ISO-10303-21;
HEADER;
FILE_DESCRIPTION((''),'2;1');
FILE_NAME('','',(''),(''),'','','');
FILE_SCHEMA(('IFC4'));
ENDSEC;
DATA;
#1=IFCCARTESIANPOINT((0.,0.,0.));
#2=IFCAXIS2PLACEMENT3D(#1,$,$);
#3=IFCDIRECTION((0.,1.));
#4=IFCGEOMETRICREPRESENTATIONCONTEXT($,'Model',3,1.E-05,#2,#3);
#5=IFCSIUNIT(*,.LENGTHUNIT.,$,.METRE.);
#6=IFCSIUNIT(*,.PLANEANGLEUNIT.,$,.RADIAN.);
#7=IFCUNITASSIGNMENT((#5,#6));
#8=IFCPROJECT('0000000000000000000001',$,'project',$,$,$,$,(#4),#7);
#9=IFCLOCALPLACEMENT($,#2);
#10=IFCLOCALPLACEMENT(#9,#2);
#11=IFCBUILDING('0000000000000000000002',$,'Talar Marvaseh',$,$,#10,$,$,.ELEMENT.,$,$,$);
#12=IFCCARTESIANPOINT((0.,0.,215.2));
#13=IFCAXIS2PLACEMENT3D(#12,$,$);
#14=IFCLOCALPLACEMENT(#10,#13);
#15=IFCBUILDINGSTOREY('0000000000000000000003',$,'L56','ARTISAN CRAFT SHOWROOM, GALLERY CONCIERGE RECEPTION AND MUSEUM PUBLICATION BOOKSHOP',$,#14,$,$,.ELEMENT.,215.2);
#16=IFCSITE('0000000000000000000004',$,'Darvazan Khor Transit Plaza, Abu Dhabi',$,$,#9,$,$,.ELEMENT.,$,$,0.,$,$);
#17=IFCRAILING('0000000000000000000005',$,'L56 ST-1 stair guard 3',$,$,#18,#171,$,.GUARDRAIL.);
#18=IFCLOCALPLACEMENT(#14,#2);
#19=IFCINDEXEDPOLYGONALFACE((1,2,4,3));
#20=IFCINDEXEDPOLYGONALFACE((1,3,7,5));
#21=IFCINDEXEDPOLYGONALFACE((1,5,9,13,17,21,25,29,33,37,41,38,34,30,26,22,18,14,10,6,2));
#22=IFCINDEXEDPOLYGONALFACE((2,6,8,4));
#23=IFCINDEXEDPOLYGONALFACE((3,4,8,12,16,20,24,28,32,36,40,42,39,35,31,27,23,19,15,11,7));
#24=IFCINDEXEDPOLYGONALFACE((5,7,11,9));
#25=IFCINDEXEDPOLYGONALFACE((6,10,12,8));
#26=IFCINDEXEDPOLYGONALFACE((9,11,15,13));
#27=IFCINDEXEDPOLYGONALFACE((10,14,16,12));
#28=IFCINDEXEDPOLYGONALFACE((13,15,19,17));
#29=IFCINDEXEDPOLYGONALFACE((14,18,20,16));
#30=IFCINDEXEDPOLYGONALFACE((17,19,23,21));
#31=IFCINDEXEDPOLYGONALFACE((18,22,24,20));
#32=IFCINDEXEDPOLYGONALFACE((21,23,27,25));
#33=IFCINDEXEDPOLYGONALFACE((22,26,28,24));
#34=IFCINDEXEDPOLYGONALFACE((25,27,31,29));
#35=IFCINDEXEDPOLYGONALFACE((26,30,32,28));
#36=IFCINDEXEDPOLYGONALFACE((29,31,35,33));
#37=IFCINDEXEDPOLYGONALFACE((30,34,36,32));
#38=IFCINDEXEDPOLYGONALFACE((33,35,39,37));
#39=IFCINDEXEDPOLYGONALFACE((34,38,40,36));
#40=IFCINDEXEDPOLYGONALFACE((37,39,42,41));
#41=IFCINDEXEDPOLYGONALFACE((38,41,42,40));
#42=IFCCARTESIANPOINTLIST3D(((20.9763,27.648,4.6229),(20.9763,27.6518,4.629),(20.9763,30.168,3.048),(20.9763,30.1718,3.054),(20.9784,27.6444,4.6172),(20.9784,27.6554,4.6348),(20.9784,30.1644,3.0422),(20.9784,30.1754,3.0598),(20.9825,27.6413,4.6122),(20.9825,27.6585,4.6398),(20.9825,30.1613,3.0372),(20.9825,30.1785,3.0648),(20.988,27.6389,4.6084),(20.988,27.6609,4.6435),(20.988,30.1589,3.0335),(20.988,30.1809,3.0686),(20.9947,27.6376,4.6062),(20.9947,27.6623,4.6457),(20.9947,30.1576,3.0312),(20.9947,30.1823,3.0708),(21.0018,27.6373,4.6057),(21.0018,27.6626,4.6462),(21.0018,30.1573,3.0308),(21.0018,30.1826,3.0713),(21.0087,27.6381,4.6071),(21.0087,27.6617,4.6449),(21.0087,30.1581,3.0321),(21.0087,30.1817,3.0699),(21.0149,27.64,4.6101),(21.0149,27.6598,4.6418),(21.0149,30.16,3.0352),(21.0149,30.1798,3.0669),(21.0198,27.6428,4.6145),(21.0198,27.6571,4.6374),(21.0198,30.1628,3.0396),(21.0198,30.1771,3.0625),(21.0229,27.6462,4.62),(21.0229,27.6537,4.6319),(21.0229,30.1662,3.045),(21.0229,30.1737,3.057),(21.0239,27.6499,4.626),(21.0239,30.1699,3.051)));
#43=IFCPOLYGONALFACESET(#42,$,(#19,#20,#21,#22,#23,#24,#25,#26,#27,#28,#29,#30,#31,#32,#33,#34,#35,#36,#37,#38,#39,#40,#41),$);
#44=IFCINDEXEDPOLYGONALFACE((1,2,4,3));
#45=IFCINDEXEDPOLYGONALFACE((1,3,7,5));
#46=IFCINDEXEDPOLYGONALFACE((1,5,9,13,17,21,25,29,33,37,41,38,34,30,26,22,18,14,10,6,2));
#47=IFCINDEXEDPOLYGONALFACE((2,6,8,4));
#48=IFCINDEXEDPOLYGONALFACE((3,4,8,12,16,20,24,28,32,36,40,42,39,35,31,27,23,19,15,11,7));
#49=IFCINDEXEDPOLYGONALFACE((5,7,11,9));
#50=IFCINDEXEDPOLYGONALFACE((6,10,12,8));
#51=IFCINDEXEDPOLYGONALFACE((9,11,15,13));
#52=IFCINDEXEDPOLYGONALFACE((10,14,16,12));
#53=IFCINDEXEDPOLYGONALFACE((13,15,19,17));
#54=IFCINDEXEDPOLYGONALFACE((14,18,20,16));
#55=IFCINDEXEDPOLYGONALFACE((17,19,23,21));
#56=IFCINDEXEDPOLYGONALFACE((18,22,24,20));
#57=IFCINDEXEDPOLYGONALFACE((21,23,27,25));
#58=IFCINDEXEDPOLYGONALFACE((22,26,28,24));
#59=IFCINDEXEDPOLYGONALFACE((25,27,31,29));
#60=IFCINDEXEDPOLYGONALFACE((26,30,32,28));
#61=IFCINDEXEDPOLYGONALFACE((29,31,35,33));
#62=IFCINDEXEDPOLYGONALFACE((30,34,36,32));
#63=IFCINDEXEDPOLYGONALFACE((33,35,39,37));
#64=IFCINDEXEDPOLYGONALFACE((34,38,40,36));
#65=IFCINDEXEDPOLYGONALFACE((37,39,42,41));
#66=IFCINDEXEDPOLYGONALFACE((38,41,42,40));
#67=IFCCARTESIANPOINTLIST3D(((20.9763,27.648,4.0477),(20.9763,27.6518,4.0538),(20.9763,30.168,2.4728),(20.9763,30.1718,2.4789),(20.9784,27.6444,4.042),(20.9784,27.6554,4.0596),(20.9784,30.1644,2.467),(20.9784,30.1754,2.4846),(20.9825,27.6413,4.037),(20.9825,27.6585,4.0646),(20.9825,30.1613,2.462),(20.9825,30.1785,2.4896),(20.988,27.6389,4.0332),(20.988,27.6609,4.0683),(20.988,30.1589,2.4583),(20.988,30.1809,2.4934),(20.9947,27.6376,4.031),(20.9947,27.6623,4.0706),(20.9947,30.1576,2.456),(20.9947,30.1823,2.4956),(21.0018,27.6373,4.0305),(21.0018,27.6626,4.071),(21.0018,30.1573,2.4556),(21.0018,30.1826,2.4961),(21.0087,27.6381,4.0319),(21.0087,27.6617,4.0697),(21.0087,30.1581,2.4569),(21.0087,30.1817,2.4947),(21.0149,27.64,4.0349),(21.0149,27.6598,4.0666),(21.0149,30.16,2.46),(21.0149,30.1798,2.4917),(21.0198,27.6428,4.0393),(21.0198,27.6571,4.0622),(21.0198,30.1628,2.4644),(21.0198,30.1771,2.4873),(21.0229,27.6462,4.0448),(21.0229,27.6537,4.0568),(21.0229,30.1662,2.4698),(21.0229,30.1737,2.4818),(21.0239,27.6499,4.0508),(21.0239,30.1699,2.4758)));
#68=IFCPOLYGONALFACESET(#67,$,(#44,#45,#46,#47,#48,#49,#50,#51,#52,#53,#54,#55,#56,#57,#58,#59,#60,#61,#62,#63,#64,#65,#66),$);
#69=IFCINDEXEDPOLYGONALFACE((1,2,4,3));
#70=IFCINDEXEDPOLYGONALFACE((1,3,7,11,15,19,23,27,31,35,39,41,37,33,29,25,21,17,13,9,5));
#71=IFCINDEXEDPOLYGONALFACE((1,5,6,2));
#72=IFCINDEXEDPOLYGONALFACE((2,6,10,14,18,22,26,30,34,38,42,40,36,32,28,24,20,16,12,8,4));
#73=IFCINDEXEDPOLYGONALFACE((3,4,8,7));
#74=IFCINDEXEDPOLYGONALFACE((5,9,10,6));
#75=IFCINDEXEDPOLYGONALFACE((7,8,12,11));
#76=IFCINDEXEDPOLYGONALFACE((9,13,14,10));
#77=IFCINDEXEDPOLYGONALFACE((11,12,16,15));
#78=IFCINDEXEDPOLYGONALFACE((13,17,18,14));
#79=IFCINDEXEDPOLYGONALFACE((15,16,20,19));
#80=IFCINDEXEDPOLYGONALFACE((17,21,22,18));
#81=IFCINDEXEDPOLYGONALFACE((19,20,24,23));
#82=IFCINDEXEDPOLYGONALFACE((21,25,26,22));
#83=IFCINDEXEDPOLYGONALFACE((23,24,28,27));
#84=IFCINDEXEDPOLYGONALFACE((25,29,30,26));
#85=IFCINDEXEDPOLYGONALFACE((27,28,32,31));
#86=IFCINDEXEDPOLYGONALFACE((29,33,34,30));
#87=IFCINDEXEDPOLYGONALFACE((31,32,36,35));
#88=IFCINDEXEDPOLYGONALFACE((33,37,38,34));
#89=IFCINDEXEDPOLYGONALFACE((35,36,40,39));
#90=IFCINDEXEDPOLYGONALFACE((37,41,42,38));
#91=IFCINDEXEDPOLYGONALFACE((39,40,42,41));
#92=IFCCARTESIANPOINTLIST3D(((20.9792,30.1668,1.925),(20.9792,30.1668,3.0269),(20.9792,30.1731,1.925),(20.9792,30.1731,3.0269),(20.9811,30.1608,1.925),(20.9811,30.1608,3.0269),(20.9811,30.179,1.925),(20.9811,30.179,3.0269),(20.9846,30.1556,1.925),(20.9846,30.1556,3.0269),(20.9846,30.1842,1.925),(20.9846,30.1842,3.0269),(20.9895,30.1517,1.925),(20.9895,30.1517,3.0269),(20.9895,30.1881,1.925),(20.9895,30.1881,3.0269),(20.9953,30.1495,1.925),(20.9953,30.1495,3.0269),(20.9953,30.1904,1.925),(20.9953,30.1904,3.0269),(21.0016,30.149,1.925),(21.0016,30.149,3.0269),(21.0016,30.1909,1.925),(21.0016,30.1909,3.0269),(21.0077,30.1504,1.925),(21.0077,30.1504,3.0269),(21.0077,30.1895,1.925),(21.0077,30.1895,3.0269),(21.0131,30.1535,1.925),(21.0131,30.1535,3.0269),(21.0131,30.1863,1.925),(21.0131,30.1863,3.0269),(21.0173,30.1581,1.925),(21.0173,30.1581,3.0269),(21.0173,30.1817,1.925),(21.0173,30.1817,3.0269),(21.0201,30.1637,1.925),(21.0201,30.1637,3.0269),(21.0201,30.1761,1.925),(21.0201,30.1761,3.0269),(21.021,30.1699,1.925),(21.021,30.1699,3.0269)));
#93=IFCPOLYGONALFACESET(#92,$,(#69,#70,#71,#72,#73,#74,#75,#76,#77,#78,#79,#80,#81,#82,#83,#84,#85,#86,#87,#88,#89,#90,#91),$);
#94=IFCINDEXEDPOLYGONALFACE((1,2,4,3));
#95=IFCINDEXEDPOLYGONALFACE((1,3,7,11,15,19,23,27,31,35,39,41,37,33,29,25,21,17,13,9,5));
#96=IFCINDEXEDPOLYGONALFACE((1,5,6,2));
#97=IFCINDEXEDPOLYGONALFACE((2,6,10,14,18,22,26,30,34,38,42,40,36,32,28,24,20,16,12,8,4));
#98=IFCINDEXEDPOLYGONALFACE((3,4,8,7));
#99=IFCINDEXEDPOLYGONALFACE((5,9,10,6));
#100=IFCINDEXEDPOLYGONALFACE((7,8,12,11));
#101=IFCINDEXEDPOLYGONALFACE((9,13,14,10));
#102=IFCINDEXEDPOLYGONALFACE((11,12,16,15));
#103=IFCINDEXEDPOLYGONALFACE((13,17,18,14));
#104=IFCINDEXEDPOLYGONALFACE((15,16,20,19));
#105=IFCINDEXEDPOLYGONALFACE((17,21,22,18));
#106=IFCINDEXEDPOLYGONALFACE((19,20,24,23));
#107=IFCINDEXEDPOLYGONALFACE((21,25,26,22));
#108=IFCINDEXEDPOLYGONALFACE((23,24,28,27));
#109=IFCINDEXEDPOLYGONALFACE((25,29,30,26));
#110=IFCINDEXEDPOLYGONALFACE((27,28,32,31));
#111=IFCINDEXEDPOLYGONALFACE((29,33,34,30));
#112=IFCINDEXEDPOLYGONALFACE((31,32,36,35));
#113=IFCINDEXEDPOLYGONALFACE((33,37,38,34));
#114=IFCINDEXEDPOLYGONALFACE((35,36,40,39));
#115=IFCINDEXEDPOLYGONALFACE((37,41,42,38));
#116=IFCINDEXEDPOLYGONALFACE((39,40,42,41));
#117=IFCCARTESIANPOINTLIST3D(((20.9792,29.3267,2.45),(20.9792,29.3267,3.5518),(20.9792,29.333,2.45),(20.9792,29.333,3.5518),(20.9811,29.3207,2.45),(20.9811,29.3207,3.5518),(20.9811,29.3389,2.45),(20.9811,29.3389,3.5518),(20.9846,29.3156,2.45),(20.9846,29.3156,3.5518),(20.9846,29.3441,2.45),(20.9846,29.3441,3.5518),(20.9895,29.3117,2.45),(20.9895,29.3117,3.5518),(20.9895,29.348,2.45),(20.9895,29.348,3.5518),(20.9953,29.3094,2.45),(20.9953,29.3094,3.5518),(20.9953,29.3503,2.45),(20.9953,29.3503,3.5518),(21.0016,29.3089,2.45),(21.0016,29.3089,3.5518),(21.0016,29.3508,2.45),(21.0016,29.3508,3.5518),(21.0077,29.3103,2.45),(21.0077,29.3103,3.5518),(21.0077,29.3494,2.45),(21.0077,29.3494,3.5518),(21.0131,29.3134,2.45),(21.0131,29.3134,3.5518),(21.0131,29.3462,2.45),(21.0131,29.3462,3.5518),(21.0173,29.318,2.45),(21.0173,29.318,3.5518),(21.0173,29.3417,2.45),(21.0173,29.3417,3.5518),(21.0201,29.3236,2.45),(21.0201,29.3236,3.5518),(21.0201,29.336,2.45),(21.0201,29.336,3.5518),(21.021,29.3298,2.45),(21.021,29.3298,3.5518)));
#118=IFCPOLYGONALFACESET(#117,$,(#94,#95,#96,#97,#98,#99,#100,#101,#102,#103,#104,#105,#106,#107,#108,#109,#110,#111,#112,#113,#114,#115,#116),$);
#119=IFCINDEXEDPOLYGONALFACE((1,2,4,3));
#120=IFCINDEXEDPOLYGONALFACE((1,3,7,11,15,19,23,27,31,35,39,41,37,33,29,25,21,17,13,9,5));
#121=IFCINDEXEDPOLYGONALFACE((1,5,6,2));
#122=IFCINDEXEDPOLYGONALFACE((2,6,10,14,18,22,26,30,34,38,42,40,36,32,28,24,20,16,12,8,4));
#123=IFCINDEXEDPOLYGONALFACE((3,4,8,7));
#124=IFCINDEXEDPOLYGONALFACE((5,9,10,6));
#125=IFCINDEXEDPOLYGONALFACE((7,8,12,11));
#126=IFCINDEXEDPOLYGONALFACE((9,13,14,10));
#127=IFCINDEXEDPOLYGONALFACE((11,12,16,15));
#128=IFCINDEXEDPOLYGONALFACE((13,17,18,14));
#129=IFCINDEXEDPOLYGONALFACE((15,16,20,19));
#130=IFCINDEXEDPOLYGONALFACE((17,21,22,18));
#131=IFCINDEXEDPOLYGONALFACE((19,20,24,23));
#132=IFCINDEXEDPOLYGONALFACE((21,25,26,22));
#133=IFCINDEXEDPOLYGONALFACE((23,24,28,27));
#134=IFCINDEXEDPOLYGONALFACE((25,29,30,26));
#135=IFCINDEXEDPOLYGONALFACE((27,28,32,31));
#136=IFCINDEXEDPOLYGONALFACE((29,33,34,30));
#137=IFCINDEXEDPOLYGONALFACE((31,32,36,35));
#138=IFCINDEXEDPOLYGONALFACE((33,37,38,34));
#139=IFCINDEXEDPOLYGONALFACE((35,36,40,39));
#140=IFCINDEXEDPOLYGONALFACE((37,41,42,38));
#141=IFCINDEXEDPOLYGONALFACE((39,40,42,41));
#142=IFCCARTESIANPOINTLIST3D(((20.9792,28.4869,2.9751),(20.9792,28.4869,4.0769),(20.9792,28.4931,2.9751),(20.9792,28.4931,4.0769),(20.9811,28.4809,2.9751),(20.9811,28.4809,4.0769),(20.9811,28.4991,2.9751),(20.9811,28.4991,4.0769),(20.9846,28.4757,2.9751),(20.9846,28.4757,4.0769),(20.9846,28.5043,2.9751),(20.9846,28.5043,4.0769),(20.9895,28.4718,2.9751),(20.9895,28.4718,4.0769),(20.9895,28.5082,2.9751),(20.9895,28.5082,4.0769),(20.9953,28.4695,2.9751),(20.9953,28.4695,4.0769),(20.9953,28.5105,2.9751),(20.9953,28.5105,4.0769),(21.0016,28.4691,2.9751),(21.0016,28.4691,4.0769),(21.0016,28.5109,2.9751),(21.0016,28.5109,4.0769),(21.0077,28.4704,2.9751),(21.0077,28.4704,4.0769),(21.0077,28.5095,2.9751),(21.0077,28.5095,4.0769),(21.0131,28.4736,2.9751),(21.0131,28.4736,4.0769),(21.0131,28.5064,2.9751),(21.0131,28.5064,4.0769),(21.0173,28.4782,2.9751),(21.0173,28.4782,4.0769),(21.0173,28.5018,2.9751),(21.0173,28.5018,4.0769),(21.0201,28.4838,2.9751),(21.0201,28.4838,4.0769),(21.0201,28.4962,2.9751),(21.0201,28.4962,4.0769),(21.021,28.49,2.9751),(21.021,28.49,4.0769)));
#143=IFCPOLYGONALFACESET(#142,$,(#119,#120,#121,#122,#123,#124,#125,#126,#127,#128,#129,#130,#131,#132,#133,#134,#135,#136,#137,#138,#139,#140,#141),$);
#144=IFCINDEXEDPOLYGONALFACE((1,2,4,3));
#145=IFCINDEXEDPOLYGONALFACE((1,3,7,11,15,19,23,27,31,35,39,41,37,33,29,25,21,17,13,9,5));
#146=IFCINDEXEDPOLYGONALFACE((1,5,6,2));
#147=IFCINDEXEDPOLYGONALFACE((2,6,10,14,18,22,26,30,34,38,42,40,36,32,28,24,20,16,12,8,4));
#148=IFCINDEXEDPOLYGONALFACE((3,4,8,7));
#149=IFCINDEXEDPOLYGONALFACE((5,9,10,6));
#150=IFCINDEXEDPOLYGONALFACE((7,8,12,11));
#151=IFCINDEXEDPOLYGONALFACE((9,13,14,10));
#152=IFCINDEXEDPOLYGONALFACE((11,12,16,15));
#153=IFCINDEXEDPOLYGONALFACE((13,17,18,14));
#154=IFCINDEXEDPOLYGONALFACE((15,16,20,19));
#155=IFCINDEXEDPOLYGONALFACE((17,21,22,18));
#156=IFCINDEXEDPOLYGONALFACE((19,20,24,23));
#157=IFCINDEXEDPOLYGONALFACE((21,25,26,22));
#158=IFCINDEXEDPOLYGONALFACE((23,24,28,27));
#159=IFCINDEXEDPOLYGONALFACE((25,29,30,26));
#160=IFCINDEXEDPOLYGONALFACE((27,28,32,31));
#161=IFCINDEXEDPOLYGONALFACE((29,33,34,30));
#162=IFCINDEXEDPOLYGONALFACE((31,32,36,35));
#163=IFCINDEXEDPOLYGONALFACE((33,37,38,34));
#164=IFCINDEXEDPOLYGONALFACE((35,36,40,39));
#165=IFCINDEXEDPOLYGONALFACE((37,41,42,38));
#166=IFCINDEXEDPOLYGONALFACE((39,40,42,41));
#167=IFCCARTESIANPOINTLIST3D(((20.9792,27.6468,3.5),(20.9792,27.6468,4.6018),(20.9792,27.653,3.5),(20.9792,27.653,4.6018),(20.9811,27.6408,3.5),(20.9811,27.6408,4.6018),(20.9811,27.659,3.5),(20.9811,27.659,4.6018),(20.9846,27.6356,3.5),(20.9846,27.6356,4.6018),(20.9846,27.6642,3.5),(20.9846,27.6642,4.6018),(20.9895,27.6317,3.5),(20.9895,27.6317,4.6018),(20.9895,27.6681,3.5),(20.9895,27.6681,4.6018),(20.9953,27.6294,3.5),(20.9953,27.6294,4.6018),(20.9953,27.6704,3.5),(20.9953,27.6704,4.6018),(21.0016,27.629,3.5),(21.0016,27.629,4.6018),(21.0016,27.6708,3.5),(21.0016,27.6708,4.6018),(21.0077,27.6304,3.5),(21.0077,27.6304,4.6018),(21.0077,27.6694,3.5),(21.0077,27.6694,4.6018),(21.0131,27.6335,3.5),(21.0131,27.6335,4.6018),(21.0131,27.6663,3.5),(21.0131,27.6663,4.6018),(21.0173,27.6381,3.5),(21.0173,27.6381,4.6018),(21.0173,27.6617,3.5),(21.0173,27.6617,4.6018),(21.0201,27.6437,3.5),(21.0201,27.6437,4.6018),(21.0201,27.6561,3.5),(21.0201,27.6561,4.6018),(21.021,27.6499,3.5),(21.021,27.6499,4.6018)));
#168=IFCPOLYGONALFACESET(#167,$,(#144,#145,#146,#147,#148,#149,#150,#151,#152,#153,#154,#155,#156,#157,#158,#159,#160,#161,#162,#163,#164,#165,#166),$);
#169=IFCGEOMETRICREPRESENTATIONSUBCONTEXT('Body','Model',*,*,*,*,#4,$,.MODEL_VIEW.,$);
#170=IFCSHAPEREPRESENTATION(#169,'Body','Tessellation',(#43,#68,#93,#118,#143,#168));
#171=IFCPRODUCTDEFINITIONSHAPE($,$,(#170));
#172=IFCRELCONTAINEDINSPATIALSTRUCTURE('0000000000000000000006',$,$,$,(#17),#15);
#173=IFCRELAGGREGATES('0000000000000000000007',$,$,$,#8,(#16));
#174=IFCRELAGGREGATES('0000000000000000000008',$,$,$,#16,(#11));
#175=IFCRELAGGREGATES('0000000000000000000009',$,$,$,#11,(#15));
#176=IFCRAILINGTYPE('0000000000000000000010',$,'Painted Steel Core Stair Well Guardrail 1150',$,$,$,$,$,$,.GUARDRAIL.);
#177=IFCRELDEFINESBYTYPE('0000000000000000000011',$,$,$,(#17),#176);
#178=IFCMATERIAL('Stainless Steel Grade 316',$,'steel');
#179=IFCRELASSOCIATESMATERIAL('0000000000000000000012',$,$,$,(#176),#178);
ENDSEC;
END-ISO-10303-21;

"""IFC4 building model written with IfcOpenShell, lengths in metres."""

from ifc_helpers import new_model, si_unit, direction, frame, origin, origin_2d, place, context, subcontext, project, spatial, circle, extrude, material, type_object, element, save


model = new_model("IFC4")

# Units and contexts
model_context = context("Model", 3, precision=1e-05, world=origin(), true_north=direction((0.0, 1.0)))
body_context = subcontext(model_context, "Body", "Model", "MODEL_VIEW")
ifc_project = project(units=[si_unit("LENGTHUNIT", "METRE"), si_unit("PLANEANGLEUNIT", "RADIAN")], contexts=[model_context])

# Site, building, storey
site_placement = place(None, origin())
site = spatial("IfcSite", under=ifc_project, at=site_placement, Name="Darvazan Khor Transit Plaza, Abu Dhabi", CompositionType="ELEMENT", RefElevation=0.0)
building_placement = place(site_placement, origin())
building = spatial("IfcBuilding", under=site, at=building_placement, Name="Talar Marvaseh", CompositionType="ELEMENT")
storey_placement = place(building_placement, frame((0.0, 0.0, 215.2)))
storey = spatial("IfcBuildingStorey", under=building, at=storey_placement, Name="L56", Description="ARTISAN CRAFT SHOWROOM, GALLERY CONCIERGE RECEPTION AND MUSEUM PUBLICATION BOOKSHOP", CompositionType="ELEMENT", Elevation=215.2)

# Railing
ifc_material_1 = material(Name="Stainless Steel Grade 316", Category="steel")
railing_type_1 = type_object("IfcRailingType", Name="Painted Steel Core Stair Well Guardrail 1150", PredefinedType="GUARDRAIL", material=ifc_material_1)
railing_1_placement = place(storey_placement, frame((21.0, 30.1699, 1.925)))
element("IfcRailing", 1, at=railing_1_placement, inside=storey, type_object=railing_type_1, Name="L56 ST-1 stair guard 3", PredefinedType="GUARDRAIL", context=body_context, shape_type="SweptSolid", body=[
    extrude(circle(Radius=0.0239, at=origin_2d()), frame((0.0, 0.0, 1.126), z_axis=(0.0, -0.848008, 0.529984), x_axis=(1.0, 0.0, 0.0)), (0.0, 0.0, 1.0), 2.9717),
    extrude(circle(Radius=0.0239, at=origin_2d()), frame((0.0, 0.0, 0.5508), z_axis=(0.0, -0.848008, 0.529984), x_axis=(1.0, 0.0, 0.0)), (0.0, 0.0, 1.0), 2.9717),
    extrude(circle(Radius=0.021, at=origin_2d()), origin(), (0.0, 0.0, 1.0), 1.1018),
    extrude(circle(Radius=0.021, at=origin_2d()), frame((0.0, -0.8401, 0.5249)), (0.0, 0.0, 1.0), 1.1018),
    extrude(circle(Radius=0.021, at=origin_2d()), frame((0.0, -1.6799, 1.05)), (0.0, 0.0, 1.0), 1.1018),
    extrude(circle(Radius=0.021, at=origin_2d()), frame((0.0, -2.52, 1.575)), (0.0, 0.0, 1.0), 1.1018),
])

save(model, "model.ifc")
